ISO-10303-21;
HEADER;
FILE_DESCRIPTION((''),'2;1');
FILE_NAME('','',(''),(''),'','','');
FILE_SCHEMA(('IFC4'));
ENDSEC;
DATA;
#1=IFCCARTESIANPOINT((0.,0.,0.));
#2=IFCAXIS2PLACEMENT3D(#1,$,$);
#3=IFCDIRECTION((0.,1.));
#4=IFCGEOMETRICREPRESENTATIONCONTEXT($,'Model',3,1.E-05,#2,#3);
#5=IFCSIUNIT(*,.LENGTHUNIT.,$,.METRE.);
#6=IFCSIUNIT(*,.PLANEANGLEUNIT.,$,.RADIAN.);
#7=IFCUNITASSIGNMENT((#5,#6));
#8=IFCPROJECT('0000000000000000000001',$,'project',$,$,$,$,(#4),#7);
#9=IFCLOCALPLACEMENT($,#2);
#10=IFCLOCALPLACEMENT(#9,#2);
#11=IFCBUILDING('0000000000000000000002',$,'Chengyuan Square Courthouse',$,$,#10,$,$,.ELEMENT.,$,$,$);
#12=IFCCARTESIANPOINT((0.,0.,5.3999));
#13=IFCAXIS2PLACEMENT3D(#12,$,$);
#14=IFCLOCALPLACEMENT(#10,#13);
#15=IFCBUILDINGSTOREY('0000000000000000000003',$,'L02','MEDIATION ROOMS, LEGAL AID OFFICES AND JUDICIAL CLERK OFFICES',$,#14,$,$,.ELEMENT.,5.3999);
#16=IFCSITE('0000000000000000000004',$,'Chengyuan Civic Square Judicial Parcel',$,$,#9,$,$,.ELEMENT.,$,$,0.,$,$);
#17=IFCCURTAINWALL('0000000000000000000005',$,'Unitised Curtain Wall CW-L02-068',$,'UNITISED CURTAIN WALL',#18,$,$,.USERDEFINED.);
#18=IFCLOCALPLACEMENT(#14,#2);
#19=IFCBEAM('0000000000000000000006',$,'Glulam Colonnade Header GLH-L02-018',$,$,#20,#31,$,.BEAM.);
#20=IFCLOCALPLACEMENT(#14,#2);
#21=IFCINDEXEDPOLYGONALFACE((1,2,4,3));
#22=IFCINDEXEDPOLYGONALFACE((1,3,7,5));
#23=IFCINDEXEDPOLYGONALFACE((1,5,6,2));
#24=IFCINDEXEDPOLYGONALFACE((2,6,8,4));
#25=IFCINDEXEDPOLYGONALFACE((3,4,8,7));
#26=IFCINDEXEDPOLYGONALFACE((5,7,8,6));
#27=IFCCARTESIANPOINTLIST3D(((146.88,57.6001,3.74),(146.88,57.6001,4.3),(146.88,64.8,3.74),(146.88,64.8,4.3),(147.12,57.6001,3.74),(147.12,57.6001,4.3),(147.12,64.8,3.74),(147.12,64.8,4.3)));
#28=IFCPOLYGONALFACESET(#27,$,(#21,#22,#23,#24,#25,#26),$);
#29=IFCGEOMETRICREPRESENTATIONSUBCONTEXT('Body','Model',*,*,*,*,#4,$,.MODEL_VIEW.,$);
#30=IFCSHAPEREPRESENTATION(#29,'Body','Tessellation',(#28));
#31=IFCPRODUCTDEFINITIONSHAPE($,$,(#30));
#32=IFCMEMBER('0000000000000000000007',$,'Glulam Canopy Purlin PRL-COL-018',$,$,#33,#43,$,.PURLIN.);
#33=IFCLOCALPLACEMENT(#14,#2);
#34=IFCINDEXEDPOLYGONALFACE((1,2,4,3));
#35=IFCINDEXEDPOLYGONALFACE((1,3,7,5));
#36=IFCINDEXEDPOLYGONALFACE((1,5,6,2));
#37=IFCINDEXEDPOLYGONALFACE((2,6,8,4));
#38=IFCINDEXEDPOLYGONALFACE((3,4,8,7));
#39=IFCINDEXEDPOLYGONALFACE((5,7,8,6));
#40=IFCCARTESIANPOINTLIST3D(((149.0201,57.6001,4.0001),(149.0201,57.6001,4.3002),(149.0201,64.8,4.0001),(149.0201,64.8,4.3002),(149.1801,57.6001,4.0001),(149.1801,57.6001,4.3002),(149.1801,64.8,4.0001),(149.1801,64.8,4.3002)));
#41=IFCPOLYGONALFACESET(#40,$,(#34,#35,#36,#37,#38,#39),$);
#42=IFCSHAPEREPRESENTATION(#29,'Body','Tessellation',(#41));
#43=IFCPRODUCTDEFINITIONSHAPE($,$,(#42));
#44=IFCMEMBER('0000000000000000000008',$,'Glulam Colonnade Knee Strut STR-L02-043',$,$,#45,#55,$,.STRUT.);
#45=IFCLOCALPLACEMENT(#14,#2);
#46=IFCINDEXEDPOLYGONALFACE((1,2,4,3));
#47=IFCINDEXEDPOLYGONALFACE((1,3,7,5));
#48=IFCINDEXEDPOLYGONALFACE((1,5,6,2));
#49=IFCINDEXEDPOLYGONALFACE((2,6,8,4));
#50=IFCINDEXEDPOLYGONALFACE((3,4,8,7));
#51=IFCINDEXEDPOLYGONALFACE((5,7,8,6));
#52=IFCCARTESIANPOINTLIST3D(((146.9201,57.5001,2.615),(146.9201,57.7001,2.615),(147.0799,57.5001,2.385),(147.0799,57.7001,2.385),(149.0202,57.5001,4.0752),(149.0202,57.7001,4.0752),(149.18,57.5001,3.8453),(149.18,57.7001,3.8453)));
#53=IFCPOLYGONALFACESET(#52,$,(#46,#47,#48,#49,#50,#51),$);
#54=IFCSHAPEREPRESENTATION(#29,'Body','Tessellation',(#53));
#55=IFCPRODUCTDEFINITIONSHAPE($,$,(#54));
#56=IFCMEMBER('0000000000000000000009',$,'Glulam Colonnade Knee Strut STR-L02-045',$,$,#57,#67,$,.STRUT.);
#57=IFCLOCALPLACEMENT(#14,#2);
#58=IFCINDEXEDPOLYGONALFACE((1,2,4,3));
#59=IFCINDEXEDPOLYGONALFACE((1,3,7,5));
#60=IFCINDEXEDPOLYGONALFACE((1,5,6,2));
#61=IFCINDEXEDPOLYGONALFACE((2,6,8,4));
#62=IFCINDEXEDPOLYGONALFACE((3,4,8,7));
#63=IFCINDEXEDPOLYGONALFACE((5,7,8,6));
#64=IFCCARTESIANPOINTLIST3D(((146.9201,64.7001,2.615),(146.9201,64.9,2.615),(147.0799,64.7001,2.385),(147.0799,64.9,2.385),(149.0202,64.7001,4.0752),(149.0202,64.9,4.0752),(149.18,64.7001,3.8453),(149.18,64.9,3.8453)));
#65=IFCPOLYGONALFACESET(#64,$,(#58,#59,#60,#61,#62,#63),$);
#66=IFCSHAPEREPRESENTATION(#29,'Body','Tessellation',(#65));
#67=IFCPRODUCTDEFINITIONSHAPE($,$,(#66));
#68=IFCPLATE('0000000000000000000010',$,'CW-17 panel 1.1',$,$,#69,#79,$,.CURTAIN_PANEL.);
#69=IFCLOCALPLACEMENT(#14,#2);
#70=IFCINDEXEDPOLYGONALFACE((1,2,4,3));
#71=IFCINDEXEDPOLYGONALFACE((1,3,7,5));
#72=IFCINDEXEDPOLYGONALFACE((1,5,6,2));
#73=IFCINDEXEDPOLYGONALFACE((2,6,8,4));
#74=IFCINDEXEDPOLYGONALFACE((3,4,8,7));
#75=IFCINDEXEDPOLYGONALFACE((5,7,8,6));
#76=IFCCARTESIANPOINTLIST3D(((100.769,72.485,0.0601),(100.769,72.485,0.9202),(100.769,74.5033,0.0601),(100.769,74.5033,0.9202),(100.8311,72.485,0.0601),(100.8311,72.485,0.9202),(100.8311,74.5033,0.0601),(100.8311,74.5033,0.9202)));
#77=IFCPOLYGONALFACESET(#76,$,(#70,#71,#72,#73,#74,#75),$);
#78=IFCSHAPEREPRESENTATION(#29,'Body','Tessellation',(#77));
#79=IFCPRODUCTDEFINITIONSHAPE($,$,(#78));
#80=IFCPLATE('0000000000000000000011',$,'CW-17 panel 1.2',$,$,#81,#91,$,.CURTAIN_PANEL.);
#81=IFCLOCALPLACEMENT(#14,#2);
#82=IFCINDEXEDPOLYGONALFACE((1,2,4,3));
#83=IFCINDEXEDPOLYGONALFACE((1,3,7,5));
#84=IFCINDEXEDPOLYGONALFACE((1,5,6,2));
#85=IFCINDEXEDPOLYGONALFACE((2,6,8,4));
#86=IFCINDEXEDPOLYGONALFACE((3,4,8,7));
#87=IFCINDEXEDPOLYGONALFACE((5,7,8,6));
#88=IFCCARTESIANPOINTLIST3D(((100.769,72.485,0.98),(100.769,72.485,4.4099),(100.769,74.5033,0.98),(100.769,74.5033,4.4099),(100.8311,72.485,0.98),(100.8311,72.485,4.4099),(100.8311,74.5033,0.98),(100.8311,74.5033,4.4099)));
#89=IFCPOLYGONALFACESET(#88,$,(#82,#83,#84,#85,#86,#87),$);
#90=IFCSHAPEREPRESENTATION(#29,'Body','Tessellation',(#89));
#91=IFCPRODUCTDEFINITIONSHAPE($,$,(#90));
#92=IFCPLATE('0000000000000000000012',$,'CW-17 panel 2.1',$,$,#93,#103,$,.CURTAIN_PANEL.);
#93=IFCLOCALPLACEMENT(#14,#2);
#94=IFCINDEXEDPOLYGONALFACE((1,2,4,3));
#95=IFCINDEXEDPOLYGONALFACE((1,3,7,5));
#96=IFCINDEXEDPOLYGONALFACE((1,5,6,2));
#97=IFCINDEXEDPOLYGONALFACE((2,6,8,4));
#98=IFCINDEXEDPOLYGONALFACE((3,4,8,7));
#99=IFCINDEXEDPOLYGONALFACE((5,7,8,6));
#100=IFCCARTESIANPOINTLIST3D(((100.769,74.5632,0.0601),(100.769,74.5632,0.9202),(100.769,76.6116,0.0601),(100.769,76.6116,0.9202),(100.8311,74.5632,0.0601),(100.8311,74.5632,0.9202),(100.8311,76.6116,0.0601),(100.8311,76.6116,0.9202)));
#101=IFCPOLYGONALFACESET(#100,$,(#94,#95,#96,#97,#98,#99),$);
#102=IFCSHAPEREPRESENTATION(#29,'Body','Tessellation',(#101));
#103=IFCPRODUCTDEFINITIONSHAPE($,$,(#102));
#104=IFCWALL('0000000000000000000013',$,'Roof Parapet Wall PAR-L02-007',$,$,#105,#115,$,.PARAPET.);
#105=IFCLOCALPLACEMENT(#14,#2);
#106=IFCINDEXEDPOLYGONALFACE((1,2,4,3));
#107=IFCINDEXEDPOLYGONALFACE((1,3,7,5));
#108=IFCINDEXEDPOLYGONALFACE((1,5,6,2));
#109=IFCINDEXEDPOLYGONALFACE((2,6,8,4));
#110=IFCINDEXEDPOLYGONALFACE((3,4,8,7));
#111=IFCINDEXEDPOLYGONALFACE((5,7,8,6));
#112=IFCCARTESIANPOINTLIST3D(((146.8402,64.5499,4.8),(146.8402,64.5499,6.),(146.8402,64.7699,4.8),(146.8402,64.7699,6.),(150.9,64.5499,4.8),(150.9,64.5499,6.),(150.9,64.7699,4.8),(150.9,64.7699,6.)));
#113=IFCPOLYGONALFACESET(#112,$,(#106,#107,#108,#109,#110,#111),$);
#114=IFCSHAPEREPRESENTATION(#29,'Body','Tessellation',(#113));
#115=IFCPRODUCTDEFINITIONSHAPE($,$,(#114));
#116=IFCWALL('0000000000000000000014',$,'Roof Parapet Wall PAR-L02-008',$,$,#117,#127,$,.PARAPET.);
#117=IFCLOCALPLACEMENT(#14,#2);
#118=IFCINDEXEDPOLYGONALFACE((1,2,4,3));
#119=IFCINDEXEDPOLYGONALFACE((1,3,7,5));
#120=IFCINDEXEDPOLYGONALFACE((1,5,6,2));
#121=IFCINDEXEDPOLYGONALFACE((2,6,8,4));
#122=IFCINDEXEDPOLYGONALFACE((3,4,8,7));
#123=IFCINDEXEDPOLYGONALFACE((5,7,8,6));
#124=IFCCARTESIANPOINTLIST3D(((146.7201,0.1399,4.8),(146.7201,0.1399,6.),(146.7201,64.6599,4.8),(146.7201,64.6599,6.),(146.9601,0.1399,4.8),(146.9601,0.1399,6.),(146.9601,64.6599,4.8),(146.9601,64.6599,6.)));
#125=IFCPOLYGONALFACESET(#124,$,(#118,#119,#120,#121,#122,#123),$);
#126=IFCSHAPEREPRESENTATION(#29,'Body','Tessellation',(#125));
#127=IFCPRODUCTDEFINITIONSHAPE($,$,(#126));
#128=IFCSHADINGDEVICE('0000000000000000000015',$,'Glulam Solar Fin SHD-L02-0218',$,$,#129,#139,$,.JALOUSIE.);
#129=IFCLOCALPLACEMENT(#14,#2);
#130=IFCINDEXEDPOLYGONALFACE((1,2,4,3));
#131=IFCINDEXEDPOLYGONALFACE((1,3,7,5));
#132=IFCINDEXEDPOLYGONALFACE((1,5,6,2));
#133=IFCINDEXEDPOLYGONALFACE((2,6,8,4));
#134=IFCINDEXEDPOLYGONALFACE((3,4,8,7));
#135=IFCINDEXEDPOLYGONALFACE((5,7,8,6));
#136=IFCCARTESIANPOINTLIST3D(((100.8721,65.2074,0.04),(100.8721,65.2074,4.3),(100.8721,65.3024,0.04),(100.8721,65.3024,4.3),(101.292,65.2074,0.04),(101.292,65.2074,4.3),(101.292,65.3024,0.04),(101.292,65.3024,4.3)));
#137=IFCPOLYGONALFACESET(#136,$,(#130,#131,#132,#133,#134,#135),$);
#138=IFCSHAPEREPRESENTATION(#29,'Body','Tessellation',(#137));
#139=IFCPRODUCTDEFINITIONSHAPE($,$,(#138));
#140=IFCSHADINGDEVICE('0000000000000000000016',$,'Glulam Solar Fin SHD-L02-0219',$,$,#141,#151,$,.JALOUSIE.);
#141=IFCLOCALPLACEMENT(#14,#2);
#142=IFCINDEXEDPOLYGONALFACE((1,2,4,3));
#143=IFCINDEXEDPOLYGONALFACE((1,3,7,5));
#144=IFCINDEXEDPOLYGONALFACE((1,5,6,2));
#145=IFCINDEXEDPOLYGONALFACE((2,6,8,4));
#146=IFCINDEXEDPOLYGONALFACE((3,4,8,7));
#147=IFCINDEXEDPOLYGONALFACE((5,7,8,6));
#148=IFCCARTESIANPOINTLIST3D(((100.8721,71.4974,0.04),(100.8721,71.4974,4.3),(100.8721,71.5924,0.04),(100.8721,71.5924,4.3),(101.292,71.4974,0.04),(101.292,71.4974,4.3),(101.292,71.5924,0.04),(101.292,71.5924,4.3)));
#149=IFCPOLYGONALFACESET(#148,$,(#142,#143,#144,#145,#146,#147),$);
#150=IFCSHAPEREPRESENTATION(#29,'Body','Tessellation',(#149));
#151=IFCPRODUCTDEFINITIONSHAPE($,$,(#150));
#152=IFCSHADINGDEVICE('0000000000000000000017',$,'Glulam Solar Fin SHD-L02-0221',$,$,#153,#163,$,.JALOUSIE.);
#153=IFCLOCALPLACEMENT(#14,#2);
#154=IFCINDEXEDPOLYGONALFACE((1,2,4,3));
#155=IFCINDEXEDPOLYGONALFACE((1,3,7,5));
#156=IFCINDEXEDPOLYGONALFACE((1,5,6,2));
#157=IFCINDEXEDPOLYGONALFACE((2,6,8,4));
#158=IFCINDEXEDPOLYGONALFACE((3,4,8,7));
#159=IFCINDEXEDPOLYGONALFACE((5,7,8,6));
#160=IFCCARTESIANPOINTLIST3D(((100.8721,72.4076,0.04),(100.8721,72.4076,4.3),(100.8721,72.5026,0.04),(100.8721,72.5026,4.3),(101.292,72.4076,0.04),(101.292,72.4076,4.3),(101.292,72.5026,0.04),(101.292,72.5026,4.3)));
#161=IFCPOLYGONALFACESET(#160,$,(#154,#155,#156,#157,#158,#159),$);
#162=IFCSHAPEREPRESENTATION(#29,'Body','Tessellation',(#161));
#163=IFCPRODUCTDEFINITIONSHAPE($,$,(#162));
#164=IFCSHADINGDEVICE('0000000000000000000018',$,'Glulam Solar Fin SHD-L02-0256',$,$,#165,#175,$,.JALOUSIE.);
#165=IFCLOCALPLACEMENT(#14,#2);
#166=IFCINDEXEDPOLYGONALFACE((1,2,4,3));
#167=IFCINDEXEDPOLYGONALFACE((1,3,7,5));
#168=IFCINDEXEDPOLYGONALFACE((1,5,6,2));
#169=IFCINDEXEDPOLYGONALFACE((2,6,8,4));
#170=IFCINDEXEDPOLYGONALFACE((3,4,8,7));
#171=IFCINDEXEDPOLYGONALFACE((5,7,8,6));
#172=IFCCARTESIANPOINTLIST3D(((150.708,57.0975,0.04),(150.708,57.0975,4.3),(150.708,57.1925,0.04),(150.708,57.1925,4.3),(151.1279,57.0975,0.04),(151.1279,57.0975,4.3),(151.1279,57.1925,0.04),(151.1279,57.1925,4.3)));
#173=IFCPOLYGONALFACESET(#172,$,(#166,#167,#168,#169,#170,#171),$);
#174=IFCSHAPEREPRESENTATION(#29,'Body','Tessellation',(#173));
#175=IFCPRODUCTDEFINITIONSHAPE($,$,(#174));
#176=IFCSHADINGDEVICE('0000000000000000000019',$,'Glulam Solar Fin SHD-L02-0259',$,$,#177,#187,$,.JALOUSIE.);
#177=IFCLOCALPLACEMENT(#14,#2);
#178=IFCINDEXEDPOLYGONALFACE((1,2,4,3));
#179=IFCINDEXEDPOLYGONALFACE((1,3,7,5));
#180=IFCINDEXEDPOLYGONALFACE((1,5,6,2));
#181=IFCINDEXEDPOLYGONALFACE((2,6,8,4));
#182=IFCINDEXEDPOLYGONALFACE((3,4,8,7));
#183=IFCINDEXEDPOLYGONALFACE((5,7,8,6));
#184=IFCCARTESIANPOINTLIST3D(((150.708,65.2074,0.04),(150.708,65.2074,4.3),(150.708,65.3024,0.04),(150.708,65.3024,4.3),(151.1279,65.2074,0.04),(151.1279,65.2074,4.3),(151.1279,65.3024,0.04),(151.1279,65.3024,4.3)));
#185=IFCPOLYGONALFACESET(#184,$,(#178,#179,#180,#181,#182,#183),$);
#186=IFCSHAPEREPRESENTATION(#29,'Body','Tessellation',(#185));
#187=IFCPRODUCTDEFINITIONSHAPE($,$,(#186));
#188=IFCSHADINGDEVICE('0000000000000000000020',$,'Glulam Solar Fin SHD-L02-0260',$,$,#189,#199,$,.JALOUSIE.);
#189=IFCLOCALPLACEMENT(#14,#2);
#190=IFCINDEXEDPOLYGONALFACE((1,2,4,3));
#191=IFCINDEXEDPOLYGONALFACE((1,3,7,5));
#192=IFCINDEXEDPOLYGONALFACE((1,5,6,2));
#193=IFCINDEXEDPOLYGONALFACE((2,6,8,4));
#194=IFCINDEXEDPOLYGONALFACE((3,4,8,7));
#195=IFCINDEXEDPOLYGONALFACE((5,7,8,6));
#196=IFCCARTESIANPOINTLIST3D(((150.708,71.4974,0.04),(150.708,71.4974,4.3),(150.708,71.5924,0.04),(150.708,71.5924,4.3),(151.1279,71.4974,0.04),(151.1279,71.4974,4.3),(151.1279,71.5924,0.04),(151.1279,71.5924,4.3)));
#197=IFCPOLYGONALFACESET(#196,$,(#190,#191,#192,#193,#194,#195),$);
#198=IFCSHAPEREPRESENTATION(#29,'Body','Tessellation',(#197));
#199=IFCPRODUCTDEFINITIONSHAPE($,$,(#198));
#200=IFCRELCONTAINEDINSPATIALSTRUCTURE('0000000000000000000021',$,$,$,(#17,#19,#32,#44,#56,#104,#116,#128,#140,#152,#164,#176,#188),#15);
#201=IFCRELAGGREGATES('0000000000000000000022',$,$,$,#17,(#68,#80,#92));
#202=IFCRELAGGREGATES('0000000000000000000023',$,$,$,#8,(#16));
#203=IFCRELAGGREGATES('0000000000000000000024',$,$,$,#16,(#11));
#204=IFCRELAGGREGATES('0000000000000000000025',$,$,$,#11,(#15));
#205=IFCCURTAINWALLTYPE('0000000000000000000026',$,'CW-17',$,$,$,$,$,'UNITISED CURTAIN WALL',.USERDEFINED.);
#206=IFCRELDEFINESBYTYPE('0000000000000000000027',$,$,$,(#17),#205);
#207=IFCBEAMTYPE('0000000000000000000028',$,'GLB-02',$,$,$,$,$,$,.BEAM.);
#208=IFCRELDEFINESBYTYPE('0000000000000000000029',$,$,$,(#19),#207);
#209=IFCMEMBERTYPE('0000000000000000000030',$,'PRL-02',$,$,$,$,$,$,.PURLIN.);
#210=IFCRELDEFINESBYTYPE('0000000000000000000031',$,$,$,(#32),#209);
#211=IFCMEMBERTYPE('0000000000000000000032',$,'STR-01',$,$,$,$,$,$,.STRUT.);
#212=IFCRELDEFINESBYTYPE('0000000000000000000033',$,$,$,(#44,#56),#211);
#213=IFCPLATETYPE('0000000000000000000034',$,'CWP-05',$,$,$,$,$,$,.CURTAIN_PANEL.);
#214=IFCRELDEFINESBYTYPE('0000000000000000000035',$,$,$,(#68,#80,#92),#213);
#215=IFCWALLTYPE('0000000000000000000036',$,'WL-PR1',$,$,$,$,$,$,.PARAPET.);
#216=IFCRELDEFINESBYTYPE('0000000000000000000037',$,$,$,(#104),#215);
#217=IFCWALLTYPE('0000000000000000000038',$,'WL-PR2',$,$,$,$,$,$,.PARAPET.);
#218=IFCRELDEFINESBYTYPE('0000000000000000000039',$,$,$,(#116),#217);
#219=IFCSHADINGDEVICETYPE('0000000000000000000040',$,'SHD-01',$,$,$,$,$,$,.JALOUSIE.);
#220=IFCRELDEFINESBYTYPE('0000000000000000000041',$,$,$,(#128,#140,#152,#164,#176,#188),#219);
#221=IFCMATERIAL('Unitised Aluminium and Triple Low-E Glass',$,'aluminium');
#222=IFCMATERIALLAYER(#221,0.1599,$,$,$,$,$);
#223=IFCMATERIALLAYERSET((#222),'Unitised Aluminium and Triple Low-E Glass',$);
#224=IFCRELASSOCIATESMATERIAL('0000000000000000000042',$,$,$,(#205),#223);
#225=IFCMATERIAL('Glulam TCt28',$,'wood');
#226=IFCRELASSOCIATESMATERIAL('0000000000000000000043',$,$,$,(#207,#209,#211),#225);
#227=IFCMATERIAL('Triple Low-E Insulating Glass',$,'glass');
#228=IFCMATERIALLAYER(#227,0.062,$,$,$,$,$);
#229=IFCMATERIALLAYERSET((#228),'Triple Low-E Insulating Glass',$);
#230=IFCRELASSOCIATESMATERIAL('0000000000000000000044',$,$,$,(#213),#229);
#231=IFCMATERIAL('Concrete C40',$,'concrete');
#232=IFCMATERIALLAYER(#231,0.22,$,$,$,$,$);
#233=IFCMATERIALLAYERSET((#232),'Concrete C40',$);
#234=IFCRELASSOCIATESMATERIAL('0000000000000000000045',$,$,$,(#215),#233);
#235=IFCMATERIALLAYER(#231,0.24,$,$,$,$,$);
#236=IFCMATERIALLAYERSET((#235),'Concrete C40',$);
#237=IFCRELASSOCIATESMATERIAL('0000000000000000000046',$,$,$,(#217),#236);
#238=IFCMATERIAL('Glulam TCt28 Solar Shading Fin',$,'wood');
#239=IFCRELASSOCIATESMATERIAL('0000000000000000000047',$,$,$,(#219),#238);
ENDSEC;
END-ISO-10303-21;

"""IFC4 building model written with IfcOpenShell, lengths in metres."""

from ifc_helpers import new_model, si_unit, direction, frame, frame_2d, origin, origin_2d, place, context, subcontext, project, spatial, rectangle, extrude, material, layer, layer_set, material_profile, profile_set, type_object, element, aggregate, save


model = new_model("IFC4")

# Units and contexts
model_context = context("Model", 3, precision=1e-05, world=origin(), true_north=direction((0.0, 1.0)))
body_context = subcontext(model_context, "Body", "Model", "MODEL_VIEW")
ifc_project = project(units=[si_unit("LENGTHUNIT", "METRE"), si_unit("PLANEANGLEUNIT", "RADIAN")], contexts=[model_context])

# Site, building, storey
site_placement = place(None, origin())
site = spatial("IfcSite", under=ifc_project, at=site_placement, Name="Chengyuan Civic Square Judicial Parcel", CompositionType="ELEMENT", RefElevation=0.0)
building_placement = place(site_placement, origin())
building = spatial("IfcBuilding", under=site, at=building_placement, Name="Chengyuan Square Courthouse", CompositionType="ELEMENT")
storey_placement = place(building_placement, frame((0.0, 0.0, 5.3999)))
storey = spatial("IfcBuildingStorey", under=building, at=storey_placement, Name="L02", Description="MEDIATION ROOMS, LEGAL AID OFFICES AND JUDICIAL CLERK OFFICES", CompositionType="ELEMENT", Elevation=5.3999)

# Shared definitions
ifc_material_1 = material(Name="Glulam TCt28", Category="wood")

# Curtain wall
ifc_material_2 = material(Name="Unitised Aluminium and Triple Low-E Glass", Category="aluminium")
ifc_layer_1 = layer(ifc_material_2, 0.1599)
ifc_layer_set_1 = layer_set([ifc_layer_1], Name="Unitised Aluminium and Triple Low-E Glass")
curtain_wall_type = type_object("IfcCurtainWallType", Name="CW-17", ElementType="UNITISED CURTAIN WALL", PredefinedType="USERDEFINED", material=ifc_layer_set_1)
curtain_wall_1_placement = place(storey_placement, origin())
curtain_wall_1 = element("IfcCurtainWall", 1, at=curtain_wall_1_placement, inside=storey, type_object=curtain_wall_type, Name="Unitised Curtain Wall CW-L02-068", ObjectType="UNITISED CURTAIN WALL", PredefinedType="USERDEFINED")

# Beam
ifc_material_profile_1 = material_profile(ifc_material_1, rectangle(XDim=0.24, YDim=0.5601, at=origin_2d()), Name="GL-BM-240x560")
ifc_profile_set_1 = profile_set([ifc_material_profile_1], Name="Glulam TCt28")
beam_type = type_object("IfcBeamType", Name="GLB-02", PredefinedType="BEAM", material=ifc_profile_set_1)
beam_placement = place(storey_placement, frame((147.0, 57.6001, 4.02), z_axis=(0.0, 1.0, 0.0), x_axis=(-1.0, 0.0, 0.0)))
element("IfcBeam", 2, at=beam_placement, inside=storey, type_object=beam_type, Name="Glulam Colonnade Header GLH-L02-018", PredefinedType="BEAM", context=body_context, shape_type="SweptSolid", body=[
    extrude(rectangle(XDim=0.24, YDim=0.5601, at=origin_2d()), origin(), (0.0, 0.0, 1.0), 7.2),
])

# Members
ifc_material_profile_2 = material_profile(ifc_material_1, rectangle(XDim=0.1599, YDim=0.3, at=origin_2d()), Name="GL-PRL-160x300")
ifc_profile_set_2 = profile_set([ifc_material_profile_2], Name="Glulam TCt28")
member_type_1 = type_object("IfcMemberType", Name="PRL-02", PredefinedType="PURLIN", material=ifc_profile_set_2)
member_1_placement = place(storey_placement, frame((149.1001, 57.6001, 4.1501), z_axis=(0.0, 1.0, 0.0), x_axis=(-1.0, 0.0, 0.0)))
element("IfcMember", 3, at=member_1_placement, inside=storey, type_object=member_type_1, Name="Glulam Canopy Purlin PRL-COL-018", PredefinedType="PURLIN", context=body_context, shape_type="SweptSolid", body=[
    extrude(rectangle(XDim=0.1599, YDim=0.3, at=origin_2d()), origin(), (0.0, 0.0, 1.0), 7.2),
])
ifc_material_profile_3 = material_profile(ifc_material_1, rectangle(XDim=0.2, YDim=0.28, at=origin_2d()), Name="GL-STR-200x280")
ifc_profile_set_3 = profile_set([ifc_material_profile_3], Name="Glulam TCt28")
member_type_2 = type_object("IfcMemberType", Name="STR-01", PredefinedType="STRUT", material=ifc_profile_set_3)
for number, where, z_axis, x_axis, name in (
    (4, (147.0, 57.6001, 2.5), (0.821039, 0.0, 0.570872), (0.0, 1.0, 0.0), "Glulam Colonnade Knee Strut STR-L02-043"),
    (5, (147.0, 64.8, 2.5), (0.821039, 0.0, 0.570872), (0.0, 1.0, 0.0), "Glulam Colonnade Knee Strut STR-L02-045"),
):
    element("IfcMember", number, at=place(storey_placement, frame(where, z_axis=z_axis, x_axis=x_axis)), inside=storey, type_object=member_type_2, Name=name, PredefinedType="STRUT", context=body_context, shape_type="SweptSolid", body=[
        extrude(rectangle(XDim=0.2, YDim=0.28, at=origin_2d()), origin(), (0.0, 0.0, 1.0), 2.5579),
    ])

# Plates
ifc_material_3 = material(Name="Triple Low-E Insulating Glass", Category="glass")
ifc_layer_2 = layer(ifc_material_3, 0.062)
ifc_layer_set_2 = layer_set([ifc_layer_2], Name="Triple Low-E Insulating Glass")
plate_type = type_object("IfcPlateType", Name="CWP-05", PredefinedType="CURTAIN_PANEL", material=ifc_layer_set_2)
plate_1_placement = place(storey_placement, frame((100.8, 73.4941, 0.0601), z_axis=(0.0, 0.0, 1.0), x_axis=(0.0, 1.0, 0.0)))
plate_1 = element("IfcPlate", 6, at=plate_1_placement, type_object=plate_type, Name="CW-17 panel 1.1", PredefinedType="CURTAIN_PANEL", context=body_context, shape_type="SweptSolid", body=[
    extrude(rectangle(XDim=2.0183, YDim=0.062, at=origin_2d()), origin(), (0.0, 0.0, 1.0), 0.8601),
])
plate_2_placement = place(storey_placement, frame((100.8, 73.4941, 0.98), z_axis=(0.0, 0.0, 1.0), x_axis=(0.0, 1.0, 0.0)))
plate_2 = element("IfcPlate", 7, at=plate_2_placement, type_object=plate_type, Name="CW-17 panel 1.2", PredefinedType="CURTAIN_PANEL", context=body_context, shape_type="SweptSolid", body=[
    extrude(rectangle(XDim=2.0183, YDim=0.062, at=origin_2d()), origin(), (0.0, 0.0, 1.0), 3.4299),
])
plate_3_placement = place(storey_placement, frame((100.8, 75.5874, 0.0601), z_axis=(0.0, 0.0, 1.0), x_axis=(0.0, 1.0, 0.0)))
plate_3 = element("IfcPlate", 8, at=plate_3_placement, type_object=plate_type, Name="CW-17 panel 2.1", PredefinedType="CURTAIN_PANEL", context=body_context, shape_type="SweptSolid", body=[
    extrude(rectangle(XDim=2.0483, YDim=0.062, at=origin_2d()), origin(), (0.0, 0.0, 1.0), 0.8601),
])
aggregate(curtain_wall_1, [plate_1, plate_2, plate_3])

# Walls
ifc_material_4 = material(Name="Concrete C40", Category="concrete")
ifc_layer_3 = layer(ifc_material_4, 0.22)
ifc_layer_set_3 = layer_set([ifc_layer_3], Name="Concrete C40")
wall_type_1 = type_object("IfcWallType", Name="WL-PR1", PredefinedType="PARAPET", material=ifc_layer_set_3)
wall_1_placement = place(storey_placement, frame((150.8999, 64.6599, 4.8), z_axis=(0.0, 0.0, 1.0), x_axis=(-1.0, 0.0, 0.0)))
element("IfcWall", 9, at=wall_1_placement, inside=storey, type_object=wall_type_1, Name="Roof Parapet Wall PAR-L02-007", PredefinedType="PARAPET", context=body_context, shape_type="SweptSolid", body=[
    extrude(rectangle(XDim=4.0598, YDim=0.22, at=frame_2d((2.0298, 0.0))), origin(), (0.0, 0.0, 1.0), 1.2),
])
ifc_layer_4 = layer(ifc_material_4, 0.24)
ifc_layer_set_4 = layer_set([ifc_layer_4], Name="Concrete C40")
wall_type_2 = type_object("IfcWallType", Name="WL-PR2", PredefinedType="PARAPET", material=ifc_layer_set_4)
wall_2_placement = place(storey_placement, frame((146.8401, 64.6599, 4.8), z_axis=(0.0, 0.0, 1.0), x_axis=(0.0, -1.0, 0.0)))
element("IfcWall", 10, at=wall_2_placement, inside=storey, type_object=wall_type_2, Name="Roof Parapet Wall PAR-L02-008", PredefinedType="PARAPET", context=body_context, shape_type="SweptSolid", body=[
    extrude(rectangle(XDim=64.52, YDim=0.24, at=frame_2d((32.26, 0.0))), origin(), (0.0, 0.0, 1.0), 1.2),
])

# Shading devices
ifc_material_5 = material(Name="Glulam TCt28 Solar Shading Fin", Category="wood")
shading_device_type_1 = type_object("IfcShadingDeviceType", Name="SHD-01", PredefinedType="JALOUSIE", material=ifc_material_5)
for number, where, z_axis, x_axis, name in (
    (11, (101.082, 65.2549, 0.04), (0.0, 0.0, 1.0), (1.0, 0.0, 0.0), "Glulam Solar Fin SHD-L02-0218"),
    (12, (101.082, 71.5449, 0.04), (0.0, 0.0, 1.0), (1.0, 0.0, 0.0), "Glulam Solar Fin SHD-L02-0219"),
    (13, (101.082, 72.4551, 0.04), (0.0, 0.0, 1.0), (1.0, 0.0, 0.0), "Glulam Solar Fin SHD-L02-0221"),
    (14, (150.918, 57.145, 0.04), (0.0, 0.0, 1.0), (1.0, 0.0, 0.0), "Glulam Solar Fin SHD-L02-0256"),
    (15, (150.918, 65.2549, 0.04), (0.0, 0.0, 1.0), (1.0, 0.0, 0.0), "Glulam Solar Fin SHD-L02-0259"),
    (16, (150.918, 71.5449, 0.04), (0.0, 0.0, 1.0), (1.0, 0.0, 0.0), "Glulam Solar Fin SHD-L02-0260"),
):
    element("IfcShadingDevice", number, at=place(storey_placement, frame(where, z_axis=z_axis, x_axis=x_axis)), inside=storey, type_object=shading_device_type_1, Name=name, PredefinedType="JALOUSIE", context=body_context, shape_type="SweptSolid", body=[
        extrude(rectangle(XDim=0.4199, YDim=0.095, at=origin_2d()), origin(), (0.0, 0.0, 1.0), 4.26),
    ])

save(model, "model.ifc")
